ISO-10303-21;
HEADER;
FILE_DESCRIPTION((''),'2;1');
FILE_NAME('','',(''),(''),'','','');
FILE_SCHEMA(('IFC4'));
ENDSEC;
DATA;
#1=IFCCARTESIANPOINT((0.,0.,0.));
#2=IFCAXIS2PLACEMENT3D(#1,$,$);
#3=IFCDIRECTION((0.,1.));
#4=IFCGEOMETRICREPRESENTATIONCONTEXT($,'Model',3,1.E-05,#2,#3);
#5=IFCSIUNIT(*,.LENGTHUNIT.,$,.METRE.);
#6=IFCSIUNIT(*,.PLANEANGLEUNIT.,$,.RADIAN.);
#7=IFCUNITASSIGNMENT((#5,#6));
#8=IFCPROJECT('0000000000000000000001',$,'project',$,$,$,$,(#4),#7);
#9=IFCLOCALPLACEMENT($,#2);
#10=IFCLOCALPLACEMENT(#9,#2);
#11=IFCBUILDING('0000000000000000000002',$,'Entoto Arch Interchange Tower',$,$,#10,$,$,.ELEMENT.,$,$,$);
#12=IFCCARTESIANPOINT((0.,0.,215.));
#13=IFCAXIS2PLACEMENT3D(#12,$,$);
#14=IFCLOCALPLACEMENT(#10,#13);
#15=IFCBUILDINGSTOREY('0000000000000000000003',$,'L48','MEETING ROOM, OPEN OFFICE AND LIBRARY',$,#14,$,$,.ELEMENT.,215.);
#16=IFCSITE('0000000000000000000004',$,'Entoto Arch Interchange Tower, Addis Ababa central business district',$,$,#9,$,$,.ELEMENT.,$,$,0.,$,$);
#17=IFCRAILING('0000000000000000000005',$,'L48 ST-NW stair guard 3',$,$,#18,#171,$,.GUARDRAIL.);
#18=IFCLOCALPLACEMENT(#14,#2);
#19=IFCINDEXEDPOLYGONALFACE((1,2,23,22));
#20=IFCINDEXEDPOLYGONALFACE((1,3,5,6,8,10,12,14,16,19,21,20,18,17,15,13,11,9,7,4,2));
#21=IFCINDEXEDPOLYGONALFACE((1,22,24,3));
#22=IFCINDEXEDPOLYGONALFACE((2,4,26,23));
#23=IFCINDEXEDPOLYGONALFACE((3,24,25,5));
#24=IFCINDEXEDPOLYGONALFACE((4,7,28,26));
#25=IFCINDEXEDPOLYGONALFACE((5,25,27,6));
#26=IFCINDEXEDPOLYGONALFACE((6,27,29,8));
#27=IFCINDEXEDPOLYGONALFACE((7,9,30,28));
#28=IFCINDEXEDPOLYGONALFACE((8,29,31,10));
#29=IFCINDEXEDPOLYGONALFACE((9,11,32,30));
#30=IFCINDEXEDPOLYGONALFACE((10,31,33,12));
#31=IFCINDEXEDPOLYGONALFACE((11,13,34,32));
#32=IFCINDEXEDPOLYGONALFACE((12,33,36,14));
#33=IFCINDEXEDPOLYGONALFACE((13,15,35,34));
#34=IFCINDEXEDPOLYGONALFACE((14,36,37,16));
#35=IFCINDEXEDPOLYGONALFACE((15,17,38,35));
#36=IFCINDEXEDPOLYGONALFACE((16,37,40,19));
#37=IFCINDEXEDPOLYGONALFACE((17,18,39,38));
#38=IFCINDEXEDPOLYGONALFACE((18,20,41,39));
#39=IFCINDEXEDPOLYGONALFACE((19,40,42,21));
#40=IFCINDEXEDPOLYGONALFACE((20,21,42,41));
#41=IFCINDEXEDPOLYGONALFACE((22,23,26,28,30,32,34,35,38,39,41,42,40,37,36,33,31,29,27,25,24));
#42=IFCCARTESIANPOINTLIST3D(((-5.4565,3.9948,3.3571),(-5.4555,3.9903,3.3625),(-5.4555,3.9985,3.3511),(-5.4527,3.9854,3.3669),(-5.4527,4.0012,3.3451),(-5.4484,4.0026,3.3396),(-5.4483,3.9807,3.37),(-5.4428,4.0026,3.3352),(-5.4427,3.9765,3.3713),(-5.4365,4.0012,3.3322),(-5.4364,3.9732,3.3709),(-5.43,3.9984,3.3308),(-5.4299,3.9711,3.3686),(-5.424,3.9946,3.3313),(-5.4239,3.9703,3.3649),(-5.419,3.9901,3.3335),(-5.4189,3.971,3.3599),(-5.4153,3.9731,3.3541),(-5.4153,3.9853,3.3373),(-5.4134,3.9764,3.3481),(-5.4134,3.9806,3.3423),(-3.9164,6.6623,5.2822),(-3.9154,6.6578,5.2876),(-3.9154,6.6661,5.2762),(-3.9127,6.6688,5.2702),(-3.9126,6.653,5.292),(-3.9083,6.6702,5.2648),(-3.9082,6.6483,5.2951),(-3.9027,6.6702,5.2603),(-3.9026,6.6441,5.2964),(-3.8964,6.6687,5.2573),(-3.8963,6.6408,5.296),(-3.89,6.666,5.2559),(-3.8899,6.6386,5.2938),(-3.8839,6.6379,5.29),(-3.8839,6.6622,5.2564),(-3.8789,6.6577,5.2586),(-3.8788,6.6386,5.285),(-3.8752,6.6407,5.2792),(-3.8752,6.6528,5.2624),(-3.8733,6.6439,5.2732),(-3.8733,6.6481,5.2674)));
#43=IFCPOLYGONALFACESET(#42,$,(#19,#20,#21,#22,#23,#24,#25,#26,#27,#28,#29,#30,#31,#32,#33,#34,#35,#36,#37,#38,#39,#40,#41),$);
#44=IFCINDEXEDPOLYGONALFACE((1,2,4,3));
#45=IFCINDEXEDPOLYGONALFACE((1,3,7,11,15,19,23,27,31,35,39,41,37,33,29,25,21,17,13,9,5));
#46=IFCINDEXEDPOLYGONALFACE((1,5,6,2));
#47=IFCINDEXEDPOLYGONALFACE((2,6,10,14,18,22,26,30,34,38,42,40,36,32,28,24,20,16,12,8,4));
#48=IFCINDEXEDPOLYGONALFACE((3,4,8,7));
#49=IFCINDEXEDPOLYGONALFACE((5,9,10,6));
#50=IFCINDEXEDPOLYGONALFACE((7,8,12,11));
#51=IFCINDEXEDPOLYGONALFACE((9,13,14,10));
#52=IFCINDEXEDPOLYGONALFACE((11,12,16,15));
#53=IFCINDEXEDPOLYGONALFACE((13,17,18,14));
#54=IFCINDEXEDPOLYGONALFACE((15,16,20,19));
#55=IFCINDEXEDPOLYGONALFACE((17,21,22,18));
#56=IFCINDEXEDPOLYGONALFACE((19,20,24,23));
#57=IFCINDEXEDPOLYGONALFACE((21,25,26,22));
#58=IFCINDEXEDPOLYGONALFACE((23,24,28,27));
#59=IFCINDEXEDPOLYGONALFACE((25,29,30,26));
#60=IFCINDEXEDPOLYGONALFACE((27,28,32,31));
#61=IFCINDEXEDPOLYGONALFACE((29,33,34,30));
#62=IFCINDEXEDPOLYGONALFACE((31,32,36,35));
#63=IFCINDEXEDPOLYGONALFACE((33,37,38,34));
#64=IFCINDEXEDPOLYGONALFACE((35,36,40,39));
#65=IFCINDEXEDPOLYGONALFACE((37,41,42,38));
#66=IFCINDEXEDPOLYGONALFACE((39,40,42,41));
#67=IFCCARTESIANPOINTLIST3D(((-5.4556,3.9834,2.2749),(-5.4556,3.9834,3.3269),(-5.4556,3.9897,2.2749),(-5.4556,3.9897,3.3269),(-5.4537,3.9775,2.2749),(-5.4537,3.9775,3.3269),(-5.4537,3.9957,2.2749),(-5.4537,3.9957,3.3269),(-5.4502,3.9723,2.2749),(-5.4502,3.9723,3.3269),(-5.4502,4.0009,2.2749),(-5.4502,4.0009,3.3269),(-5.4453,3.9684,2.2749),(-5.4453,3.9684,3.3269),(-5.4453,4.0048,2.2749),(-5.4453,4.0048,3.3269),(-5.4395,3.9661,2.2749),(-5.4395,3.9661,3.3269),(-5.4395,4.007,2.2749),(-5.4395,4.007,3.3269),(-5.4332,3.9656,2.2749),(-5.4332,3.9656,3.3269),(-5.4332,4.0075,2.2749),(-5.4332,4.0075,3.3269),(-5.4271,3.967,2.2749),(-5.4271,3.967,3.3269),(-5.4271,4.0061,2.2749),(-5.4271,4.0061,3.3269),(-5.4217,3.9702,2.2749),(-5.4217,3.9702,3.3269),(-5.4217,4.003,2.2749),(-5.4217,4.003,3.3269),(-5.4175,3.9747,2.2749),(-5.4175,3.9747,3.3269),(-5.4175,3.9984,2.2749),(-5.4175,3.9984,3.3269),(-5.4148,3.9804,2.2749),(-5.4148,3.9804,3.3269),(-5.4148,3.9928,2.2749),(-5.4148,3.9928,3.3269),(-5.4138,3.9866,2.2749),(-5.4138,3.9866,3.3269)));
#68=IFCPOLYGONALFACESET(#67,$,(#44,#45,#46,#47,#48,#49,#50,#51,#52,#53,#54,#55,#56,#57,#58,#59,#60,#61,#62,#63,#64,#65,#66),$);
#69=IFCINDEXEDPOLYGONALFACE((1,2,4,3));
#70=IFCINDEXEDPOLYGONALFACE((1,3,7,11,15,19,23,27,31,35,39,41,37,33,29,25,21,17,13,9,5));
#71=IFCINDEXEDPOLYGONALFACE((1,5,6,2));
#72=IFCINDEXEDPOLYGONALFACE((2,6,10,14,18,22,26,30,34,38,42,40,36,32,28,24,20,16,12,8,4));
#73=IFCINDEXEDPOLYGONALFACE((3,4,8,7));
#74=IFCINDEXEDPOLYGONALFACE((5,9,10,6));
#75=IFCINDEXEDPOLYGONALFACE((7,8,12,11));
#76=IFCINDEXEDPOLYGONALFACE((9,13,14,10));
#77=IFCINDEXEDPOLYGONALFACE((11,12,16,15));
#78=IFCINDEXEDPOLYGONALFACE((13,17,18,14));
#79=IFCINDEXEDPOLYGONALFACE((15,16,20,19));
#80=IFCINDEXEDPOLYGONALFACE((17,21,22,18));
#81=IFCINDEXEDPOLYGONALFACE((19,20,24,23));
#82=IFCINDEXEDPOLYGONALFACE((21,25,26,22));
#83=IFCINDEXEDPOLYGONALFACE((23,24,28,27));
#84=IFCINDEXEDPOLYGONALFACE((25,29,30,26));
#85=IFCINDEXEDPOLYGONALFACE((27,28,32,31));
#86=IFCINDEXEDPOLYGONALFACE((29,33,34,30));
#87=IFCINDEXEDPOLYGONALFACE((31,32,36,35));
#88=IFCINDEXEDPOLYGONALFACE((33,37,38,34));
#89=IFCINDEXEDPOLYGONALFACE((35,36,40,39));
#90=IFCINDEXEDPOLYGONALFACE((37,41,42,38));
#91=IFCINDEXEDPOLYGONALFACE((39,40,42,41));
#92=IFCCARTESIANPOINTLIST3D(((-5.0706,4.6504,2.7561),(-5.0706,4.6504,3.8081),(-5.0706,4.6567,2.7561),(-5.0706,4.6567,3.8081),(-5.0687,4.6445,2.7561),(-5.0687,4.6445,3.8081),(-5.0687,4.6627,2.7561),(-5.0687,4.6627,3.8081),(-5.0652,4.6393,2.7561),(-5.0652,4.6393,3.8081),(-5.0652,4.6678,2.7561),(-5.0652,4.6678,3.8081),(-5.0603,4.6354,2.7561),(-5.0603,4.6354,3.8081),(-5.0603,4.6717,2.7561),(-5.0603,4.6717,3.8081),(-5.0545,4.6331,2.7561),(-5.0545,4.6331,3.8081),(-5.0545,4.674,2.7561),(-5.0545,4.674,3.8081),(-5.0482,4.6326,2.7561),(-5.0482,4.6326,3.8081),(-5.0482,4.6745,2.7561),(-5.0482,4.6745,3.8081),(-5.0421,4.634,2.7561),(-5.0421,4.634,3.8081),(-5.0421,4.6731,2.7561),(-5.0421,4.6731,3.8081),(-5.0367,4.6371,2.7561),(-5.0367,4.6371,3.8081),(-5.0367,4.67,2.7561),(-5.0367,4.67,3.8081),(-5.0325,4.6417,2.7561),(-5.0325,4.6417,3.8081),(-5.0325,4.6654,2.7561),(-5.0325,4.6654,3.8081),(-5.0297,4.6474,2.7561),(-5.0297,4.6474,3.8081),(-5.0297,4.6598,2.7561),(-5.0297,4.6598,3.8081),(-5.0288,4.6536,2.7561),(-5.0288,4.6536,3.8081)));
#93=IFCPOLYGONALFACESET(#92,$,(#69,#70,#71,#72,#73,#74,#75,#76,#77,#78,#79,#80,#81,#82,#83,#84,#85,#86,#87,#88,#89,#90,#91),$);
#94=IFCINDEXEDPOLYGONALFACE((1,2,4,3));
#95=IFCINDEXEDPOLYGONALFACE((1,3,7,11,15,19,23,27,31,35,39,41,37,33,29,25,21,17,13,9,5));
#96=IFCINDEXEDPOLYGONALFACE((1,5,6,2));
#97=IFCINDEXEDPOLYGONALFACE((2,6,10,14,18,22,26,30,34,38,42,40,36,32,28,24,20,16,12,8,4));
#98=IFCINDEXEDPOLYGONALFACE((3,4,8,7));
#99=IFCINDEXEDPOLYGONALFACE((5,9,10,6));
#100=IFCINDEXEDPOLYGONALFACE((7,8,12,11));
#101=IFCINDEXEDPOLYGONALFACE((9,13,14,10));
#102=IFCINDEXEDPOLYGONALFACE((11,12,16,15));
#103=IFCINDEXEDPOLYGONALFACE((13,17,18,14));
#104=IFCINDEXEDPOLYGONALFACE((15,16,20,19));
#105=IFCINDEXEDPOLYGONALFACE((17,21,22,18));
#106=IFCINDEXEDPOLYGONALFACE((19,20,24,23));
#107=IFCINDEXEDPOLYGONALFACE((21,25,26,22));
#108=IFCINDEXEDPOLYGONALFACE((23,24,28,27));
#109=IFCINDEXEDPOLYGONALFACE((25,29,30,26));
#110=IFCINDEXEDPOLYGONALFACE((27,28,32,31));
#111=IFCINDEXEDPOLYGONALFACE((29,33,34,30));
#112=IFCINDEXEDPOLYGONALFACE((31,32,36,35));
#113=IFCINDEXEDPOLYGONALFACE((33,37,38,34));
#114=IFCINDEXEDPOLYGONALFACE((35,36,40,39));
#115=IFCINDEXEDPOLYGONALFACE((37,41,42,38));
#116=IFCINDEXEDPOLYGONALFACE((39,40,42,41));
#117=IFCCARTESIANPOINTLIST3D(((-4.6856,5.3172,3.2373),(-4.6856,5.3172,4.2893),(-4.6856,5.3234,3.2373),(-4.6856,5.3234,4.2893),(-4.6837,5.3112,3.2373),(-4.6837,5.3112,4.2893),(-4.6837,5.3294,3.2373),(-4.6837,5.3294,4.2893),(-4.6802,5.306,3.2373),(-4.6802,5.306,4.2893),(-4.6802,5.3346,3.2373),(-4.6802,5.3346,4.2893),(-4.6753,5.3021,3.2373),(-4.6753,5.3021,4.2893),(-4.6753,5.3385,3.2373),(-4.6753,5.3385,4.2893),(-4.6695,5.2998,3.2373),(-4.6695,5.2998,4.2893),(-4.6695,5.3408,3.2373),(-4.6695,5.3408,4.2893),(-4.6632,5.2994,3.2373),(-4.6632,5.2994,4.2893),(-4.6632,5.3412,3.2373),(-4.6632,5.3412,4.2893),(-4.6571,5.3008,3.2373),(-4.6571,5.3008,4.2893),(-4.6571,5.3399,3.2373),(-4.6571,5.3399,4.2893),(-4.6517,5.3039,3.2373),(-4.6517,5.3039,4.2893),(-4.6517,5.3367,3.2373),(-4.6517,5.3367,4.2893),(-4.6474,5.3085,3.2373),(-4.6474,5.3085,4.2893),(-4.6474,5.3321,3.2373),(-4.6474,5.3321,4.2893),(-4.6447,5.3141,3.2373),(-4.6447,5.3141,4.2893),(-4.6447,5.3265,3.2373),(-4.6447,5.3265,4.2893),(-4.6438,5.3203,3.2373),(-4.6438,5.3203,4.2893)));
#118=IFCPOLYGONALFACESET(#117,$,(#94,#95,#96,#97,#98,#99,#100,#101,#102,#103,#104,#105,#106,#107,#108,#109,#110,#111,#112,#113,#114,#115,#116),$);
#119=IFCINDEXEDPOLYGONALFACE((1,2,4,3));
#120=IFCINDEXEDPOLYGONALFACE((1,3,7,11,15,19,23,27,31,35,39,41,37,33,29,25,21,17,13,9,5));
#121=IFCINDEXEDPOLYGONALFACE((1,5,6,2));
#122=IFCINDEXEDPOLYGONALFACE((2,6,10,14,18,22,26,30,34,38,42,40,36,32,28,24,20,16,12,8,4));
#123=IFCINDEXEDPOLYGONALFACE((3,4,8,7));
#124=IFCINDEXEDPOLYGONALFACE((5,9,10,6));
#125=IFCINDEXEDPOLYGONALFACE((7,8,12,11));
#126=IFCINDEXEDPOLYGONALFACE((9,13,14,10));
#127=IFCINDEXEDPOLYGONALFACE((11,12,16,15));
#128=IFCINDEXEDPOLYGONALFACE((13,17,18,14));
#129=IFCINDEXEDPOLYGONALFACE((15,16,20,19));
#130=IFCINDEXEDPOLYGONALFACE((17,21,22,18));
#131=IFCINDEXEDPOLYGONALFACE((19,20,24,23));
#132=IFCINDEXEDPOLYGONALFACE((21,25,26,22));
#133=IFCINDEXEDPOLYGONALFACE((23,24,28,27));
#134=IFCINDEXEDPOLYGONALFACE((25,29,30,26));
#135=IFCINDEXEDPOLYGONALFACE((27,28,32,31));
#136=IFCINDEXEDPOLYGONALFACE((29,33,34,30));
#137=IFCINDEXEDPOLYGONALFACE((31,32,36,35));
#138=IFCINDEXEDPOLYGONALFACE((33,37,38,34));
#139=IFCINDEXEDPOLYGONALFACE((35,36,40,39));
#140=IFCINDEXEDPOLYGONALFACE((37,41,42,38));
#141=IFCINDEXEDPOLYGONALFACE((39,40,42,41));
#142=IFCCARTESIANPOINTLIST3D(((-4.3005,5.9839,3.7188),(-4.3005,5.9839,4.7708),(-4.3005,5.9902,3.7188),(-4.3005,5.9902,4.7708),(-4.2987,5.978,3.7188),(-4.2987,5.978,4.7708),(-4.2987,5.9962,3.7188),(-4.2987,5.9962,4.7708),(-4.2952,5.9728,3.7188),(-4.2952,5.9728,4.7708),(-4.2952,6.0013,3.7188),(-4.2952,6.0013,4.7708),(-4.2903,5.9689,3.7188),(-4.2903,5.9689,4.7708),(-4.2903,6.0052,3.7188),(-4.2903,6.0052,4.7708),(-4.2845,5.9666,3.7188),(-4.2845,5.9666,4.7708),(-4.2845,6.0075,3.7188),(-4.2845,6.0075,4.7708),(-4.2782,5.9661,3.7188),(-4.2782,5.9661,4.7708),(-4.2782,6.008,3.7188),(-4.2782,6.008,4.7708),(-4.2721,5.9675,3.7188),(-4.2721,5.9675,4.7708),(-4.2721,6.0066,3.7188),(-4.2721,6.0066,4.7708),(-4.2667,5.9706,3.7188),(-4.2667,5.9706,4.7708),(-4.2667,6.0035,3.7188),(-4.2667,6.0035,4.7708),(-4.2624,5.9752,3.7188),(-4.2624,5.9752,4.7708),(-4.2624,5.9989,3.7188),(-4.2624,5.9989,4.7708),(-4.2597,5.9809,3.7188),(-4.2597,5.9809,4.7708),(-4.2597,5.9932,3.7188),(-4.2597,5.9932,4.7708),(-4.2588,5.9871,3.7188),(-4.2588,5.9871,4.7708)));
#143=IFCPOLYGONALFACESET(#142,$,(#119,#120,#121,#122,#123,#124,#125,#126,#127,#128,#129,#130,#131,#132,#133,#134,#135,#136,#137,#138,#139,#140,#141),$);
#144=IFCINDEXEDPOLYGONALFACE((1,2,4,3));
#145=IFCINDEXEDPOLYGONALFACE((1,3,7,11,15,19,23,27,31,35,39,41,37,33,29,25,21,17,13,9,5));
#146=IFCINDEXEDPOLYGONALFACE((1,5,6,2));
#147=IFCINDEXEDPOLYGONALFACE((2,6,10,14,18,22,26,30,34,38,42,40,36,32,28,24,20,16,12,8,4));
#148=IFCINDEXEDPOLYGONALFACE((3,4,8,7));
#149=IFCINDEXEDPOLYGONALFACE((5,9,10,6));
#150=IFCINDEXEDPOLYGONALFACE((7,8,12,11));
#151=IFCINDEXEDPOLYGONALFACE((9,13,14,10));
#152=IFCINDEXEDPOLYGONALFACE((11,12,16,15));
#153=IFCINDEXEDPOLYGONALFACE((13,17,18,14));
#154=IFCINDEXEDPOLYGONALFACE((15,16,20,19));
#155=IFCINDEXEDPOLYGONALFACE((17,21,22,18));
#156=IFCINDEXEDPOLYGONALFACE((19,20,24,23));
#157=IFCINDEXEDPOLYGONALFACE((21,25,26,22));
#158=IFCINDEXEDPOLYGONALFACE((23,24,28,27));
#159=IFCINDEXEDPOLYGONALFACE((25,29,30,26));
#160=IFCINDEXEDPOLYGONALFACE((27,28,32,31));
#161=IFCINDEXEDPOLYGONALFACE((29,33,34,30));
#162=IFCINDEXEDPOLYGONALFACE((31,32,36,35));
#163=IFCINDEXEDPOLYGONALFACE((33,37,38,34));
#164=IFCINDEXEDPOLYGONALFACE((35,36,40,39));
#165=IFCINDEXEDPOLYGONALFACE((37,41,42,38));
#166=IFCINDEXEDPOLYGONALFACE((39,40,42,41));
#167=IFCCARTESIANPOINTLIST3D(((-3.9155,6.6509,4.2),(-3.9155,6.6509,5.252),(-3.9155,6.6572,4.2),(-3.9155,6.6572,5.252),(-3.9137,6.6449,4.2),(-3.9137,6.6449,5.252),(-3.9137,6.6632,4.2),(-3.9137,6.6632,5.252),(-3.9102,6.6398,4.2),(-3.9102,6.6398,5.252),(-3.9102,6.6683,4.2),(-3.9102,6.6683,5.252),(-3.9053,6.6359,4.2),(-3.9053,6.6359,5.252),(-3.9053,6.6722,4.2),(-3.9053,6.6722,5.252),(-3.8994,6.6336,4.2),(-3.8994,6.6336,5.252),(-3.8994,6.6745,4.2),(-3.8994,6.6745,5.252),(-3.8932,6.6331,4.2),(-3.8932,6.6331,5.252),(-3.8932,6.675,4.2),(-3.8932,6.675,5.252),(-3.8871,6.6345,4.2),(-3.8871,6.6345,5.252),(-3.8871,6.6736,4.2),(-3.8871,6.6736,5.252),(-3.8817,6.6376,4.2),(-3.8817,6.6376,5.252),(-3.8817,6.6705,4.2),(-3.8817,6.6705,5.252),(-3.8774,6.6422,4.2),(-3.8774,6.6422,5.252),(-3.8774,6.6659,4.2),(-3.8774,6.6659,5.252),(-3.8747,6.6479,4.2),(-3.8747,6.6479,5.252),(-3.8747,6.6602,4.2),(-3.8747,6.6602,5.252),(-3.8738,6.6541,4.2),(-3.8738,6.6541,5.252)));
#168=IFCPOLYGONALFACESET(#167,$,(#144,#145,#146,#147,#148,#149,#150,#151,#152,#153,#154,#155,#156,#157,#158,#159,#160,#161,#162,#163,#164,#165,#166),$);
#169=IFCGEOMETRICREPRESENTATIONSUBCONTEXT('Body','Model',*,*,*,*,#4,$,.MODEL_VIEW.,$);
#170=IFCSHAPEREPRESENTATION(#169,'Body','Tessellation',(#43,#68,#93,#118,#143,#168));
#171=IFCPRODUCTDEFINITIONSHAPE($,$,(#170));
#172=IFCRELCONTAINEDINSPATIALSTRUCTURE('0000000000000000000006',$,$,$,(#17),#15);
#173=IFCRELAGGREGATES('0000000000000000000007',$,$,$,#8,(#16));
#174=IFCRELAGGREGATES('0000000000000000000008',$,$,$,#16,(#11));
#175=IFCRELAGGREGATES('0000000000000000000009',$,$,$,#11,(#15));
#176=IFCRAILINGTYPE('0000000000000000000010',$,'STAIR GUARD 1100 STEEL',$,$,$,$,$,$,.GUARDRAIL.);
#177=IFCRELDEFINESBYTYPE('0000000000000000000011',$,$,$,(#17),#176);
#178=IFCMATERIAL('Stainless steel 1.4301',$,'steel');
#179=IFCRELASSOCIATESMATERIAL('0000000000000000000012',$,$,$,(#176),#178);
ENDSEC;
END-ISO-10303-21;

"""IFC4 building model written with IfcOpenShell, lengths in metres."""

from ifc_helpers import new_model, si_unit, direction, frame, origin, origin_2d, place, context, subcontext, project, spatial, circle, extrude, material, type_object, element, save


model = new_model("IFC4")

# Units and contexts
model_context = context("Model", 3, precision=1e-05, world=origin(), true_north=direction((0.0, 1.0)))
body_context = subcontext(model_context, "Body", "Model", "MODEL_VIEW")
ifc_project = project(units=[si_unit("LENGTHUNIT", "METRE"), si_unit("PLANEANGLEUNIT", "RADIAN")], contexts=[model_context])

# Site, building, storey
site_placement = place(None, origin())
site = spatial("IfcSite", under=ifc_project, at=site_placement, Name="Entoto Arch Interchange Tower, Addis Ababa central business district", CompositionType="ELEMENT", RefElevation=0.0)
building_placement = place(site_placement, origin())
building = spatial("IfcBuilding", under=site, at=building_placement, Name="Entoto Arch Interchange Tower", CompositionType="ELEMENT")
storey_placement = place(building_placement, frame((0.0, 0.0, 215.0)))
storey = spatial("IfcBuildingStorey", under=building, at=storey_placement, Name="L48", Description="MEETING ROOM, OPEN OFFICE AND LIBRARY", CompositionType="ELEMENT", Elevation=215.0)

# Railing
ifc_material_1 = material(Name="Stainless steel 1.4301", Category="steel")
railing_type = type_object("IfcRailingType", Name="STAIR GUARD 1100 STEEL", PredefinedType="GUARDRAIL", material=ifc_material_1)
railing_1_placement = place(storey_placement, frame((-5.4348, 3.9866, 2.2749)))
element("IfcRailing", 1, at=railing_1_placement, inside=storey, type_object=railing_type, Name="L48 ST-NW stair guard 3", PredefinedType="GUARDRAIL", context=body_context, shape_type="SweptSolid", body=[
    extrude(circle(Radius=0.0239, at=origin_2d()), frame((0.0, 0.0, 1.0762), z_axis=(0.423994, 0.734395, 0.529993), x_axis=(-0.86603, 0.499992, 0.0)), (0.0, 0.0, 1.0), 3.6323),
    extrude(circle(Radius=0.021, at=origin_2d()), origin(), (0.0, 0.0, 1.0), 1.052),
    extrude(circle(Radius=0.021, at=origin_2d()), frame((0.385, 0.667, 0.4812)), (0.0, 0.0, 1.0), 1.052),
    extrude(circle(Radius=0.021, at=origin_2d()), frame((0.77, 1.3337, 0.9624)), (0.0, 0.0, 1.0), 1.052),
    extrude(circle(Radius=0.021, at=origin_2d()), frame((1.155, 2.0005, 1.4438)), (0.0, 0.0, 1.0), 1.052),
    extrude(circle(Radius=0.021, at=origin_2d()), frame((1.54, 2.6675, 1.925)), (0.0, 0.0, 1.0), 1.052),
])

save(model, "model.ifc")
